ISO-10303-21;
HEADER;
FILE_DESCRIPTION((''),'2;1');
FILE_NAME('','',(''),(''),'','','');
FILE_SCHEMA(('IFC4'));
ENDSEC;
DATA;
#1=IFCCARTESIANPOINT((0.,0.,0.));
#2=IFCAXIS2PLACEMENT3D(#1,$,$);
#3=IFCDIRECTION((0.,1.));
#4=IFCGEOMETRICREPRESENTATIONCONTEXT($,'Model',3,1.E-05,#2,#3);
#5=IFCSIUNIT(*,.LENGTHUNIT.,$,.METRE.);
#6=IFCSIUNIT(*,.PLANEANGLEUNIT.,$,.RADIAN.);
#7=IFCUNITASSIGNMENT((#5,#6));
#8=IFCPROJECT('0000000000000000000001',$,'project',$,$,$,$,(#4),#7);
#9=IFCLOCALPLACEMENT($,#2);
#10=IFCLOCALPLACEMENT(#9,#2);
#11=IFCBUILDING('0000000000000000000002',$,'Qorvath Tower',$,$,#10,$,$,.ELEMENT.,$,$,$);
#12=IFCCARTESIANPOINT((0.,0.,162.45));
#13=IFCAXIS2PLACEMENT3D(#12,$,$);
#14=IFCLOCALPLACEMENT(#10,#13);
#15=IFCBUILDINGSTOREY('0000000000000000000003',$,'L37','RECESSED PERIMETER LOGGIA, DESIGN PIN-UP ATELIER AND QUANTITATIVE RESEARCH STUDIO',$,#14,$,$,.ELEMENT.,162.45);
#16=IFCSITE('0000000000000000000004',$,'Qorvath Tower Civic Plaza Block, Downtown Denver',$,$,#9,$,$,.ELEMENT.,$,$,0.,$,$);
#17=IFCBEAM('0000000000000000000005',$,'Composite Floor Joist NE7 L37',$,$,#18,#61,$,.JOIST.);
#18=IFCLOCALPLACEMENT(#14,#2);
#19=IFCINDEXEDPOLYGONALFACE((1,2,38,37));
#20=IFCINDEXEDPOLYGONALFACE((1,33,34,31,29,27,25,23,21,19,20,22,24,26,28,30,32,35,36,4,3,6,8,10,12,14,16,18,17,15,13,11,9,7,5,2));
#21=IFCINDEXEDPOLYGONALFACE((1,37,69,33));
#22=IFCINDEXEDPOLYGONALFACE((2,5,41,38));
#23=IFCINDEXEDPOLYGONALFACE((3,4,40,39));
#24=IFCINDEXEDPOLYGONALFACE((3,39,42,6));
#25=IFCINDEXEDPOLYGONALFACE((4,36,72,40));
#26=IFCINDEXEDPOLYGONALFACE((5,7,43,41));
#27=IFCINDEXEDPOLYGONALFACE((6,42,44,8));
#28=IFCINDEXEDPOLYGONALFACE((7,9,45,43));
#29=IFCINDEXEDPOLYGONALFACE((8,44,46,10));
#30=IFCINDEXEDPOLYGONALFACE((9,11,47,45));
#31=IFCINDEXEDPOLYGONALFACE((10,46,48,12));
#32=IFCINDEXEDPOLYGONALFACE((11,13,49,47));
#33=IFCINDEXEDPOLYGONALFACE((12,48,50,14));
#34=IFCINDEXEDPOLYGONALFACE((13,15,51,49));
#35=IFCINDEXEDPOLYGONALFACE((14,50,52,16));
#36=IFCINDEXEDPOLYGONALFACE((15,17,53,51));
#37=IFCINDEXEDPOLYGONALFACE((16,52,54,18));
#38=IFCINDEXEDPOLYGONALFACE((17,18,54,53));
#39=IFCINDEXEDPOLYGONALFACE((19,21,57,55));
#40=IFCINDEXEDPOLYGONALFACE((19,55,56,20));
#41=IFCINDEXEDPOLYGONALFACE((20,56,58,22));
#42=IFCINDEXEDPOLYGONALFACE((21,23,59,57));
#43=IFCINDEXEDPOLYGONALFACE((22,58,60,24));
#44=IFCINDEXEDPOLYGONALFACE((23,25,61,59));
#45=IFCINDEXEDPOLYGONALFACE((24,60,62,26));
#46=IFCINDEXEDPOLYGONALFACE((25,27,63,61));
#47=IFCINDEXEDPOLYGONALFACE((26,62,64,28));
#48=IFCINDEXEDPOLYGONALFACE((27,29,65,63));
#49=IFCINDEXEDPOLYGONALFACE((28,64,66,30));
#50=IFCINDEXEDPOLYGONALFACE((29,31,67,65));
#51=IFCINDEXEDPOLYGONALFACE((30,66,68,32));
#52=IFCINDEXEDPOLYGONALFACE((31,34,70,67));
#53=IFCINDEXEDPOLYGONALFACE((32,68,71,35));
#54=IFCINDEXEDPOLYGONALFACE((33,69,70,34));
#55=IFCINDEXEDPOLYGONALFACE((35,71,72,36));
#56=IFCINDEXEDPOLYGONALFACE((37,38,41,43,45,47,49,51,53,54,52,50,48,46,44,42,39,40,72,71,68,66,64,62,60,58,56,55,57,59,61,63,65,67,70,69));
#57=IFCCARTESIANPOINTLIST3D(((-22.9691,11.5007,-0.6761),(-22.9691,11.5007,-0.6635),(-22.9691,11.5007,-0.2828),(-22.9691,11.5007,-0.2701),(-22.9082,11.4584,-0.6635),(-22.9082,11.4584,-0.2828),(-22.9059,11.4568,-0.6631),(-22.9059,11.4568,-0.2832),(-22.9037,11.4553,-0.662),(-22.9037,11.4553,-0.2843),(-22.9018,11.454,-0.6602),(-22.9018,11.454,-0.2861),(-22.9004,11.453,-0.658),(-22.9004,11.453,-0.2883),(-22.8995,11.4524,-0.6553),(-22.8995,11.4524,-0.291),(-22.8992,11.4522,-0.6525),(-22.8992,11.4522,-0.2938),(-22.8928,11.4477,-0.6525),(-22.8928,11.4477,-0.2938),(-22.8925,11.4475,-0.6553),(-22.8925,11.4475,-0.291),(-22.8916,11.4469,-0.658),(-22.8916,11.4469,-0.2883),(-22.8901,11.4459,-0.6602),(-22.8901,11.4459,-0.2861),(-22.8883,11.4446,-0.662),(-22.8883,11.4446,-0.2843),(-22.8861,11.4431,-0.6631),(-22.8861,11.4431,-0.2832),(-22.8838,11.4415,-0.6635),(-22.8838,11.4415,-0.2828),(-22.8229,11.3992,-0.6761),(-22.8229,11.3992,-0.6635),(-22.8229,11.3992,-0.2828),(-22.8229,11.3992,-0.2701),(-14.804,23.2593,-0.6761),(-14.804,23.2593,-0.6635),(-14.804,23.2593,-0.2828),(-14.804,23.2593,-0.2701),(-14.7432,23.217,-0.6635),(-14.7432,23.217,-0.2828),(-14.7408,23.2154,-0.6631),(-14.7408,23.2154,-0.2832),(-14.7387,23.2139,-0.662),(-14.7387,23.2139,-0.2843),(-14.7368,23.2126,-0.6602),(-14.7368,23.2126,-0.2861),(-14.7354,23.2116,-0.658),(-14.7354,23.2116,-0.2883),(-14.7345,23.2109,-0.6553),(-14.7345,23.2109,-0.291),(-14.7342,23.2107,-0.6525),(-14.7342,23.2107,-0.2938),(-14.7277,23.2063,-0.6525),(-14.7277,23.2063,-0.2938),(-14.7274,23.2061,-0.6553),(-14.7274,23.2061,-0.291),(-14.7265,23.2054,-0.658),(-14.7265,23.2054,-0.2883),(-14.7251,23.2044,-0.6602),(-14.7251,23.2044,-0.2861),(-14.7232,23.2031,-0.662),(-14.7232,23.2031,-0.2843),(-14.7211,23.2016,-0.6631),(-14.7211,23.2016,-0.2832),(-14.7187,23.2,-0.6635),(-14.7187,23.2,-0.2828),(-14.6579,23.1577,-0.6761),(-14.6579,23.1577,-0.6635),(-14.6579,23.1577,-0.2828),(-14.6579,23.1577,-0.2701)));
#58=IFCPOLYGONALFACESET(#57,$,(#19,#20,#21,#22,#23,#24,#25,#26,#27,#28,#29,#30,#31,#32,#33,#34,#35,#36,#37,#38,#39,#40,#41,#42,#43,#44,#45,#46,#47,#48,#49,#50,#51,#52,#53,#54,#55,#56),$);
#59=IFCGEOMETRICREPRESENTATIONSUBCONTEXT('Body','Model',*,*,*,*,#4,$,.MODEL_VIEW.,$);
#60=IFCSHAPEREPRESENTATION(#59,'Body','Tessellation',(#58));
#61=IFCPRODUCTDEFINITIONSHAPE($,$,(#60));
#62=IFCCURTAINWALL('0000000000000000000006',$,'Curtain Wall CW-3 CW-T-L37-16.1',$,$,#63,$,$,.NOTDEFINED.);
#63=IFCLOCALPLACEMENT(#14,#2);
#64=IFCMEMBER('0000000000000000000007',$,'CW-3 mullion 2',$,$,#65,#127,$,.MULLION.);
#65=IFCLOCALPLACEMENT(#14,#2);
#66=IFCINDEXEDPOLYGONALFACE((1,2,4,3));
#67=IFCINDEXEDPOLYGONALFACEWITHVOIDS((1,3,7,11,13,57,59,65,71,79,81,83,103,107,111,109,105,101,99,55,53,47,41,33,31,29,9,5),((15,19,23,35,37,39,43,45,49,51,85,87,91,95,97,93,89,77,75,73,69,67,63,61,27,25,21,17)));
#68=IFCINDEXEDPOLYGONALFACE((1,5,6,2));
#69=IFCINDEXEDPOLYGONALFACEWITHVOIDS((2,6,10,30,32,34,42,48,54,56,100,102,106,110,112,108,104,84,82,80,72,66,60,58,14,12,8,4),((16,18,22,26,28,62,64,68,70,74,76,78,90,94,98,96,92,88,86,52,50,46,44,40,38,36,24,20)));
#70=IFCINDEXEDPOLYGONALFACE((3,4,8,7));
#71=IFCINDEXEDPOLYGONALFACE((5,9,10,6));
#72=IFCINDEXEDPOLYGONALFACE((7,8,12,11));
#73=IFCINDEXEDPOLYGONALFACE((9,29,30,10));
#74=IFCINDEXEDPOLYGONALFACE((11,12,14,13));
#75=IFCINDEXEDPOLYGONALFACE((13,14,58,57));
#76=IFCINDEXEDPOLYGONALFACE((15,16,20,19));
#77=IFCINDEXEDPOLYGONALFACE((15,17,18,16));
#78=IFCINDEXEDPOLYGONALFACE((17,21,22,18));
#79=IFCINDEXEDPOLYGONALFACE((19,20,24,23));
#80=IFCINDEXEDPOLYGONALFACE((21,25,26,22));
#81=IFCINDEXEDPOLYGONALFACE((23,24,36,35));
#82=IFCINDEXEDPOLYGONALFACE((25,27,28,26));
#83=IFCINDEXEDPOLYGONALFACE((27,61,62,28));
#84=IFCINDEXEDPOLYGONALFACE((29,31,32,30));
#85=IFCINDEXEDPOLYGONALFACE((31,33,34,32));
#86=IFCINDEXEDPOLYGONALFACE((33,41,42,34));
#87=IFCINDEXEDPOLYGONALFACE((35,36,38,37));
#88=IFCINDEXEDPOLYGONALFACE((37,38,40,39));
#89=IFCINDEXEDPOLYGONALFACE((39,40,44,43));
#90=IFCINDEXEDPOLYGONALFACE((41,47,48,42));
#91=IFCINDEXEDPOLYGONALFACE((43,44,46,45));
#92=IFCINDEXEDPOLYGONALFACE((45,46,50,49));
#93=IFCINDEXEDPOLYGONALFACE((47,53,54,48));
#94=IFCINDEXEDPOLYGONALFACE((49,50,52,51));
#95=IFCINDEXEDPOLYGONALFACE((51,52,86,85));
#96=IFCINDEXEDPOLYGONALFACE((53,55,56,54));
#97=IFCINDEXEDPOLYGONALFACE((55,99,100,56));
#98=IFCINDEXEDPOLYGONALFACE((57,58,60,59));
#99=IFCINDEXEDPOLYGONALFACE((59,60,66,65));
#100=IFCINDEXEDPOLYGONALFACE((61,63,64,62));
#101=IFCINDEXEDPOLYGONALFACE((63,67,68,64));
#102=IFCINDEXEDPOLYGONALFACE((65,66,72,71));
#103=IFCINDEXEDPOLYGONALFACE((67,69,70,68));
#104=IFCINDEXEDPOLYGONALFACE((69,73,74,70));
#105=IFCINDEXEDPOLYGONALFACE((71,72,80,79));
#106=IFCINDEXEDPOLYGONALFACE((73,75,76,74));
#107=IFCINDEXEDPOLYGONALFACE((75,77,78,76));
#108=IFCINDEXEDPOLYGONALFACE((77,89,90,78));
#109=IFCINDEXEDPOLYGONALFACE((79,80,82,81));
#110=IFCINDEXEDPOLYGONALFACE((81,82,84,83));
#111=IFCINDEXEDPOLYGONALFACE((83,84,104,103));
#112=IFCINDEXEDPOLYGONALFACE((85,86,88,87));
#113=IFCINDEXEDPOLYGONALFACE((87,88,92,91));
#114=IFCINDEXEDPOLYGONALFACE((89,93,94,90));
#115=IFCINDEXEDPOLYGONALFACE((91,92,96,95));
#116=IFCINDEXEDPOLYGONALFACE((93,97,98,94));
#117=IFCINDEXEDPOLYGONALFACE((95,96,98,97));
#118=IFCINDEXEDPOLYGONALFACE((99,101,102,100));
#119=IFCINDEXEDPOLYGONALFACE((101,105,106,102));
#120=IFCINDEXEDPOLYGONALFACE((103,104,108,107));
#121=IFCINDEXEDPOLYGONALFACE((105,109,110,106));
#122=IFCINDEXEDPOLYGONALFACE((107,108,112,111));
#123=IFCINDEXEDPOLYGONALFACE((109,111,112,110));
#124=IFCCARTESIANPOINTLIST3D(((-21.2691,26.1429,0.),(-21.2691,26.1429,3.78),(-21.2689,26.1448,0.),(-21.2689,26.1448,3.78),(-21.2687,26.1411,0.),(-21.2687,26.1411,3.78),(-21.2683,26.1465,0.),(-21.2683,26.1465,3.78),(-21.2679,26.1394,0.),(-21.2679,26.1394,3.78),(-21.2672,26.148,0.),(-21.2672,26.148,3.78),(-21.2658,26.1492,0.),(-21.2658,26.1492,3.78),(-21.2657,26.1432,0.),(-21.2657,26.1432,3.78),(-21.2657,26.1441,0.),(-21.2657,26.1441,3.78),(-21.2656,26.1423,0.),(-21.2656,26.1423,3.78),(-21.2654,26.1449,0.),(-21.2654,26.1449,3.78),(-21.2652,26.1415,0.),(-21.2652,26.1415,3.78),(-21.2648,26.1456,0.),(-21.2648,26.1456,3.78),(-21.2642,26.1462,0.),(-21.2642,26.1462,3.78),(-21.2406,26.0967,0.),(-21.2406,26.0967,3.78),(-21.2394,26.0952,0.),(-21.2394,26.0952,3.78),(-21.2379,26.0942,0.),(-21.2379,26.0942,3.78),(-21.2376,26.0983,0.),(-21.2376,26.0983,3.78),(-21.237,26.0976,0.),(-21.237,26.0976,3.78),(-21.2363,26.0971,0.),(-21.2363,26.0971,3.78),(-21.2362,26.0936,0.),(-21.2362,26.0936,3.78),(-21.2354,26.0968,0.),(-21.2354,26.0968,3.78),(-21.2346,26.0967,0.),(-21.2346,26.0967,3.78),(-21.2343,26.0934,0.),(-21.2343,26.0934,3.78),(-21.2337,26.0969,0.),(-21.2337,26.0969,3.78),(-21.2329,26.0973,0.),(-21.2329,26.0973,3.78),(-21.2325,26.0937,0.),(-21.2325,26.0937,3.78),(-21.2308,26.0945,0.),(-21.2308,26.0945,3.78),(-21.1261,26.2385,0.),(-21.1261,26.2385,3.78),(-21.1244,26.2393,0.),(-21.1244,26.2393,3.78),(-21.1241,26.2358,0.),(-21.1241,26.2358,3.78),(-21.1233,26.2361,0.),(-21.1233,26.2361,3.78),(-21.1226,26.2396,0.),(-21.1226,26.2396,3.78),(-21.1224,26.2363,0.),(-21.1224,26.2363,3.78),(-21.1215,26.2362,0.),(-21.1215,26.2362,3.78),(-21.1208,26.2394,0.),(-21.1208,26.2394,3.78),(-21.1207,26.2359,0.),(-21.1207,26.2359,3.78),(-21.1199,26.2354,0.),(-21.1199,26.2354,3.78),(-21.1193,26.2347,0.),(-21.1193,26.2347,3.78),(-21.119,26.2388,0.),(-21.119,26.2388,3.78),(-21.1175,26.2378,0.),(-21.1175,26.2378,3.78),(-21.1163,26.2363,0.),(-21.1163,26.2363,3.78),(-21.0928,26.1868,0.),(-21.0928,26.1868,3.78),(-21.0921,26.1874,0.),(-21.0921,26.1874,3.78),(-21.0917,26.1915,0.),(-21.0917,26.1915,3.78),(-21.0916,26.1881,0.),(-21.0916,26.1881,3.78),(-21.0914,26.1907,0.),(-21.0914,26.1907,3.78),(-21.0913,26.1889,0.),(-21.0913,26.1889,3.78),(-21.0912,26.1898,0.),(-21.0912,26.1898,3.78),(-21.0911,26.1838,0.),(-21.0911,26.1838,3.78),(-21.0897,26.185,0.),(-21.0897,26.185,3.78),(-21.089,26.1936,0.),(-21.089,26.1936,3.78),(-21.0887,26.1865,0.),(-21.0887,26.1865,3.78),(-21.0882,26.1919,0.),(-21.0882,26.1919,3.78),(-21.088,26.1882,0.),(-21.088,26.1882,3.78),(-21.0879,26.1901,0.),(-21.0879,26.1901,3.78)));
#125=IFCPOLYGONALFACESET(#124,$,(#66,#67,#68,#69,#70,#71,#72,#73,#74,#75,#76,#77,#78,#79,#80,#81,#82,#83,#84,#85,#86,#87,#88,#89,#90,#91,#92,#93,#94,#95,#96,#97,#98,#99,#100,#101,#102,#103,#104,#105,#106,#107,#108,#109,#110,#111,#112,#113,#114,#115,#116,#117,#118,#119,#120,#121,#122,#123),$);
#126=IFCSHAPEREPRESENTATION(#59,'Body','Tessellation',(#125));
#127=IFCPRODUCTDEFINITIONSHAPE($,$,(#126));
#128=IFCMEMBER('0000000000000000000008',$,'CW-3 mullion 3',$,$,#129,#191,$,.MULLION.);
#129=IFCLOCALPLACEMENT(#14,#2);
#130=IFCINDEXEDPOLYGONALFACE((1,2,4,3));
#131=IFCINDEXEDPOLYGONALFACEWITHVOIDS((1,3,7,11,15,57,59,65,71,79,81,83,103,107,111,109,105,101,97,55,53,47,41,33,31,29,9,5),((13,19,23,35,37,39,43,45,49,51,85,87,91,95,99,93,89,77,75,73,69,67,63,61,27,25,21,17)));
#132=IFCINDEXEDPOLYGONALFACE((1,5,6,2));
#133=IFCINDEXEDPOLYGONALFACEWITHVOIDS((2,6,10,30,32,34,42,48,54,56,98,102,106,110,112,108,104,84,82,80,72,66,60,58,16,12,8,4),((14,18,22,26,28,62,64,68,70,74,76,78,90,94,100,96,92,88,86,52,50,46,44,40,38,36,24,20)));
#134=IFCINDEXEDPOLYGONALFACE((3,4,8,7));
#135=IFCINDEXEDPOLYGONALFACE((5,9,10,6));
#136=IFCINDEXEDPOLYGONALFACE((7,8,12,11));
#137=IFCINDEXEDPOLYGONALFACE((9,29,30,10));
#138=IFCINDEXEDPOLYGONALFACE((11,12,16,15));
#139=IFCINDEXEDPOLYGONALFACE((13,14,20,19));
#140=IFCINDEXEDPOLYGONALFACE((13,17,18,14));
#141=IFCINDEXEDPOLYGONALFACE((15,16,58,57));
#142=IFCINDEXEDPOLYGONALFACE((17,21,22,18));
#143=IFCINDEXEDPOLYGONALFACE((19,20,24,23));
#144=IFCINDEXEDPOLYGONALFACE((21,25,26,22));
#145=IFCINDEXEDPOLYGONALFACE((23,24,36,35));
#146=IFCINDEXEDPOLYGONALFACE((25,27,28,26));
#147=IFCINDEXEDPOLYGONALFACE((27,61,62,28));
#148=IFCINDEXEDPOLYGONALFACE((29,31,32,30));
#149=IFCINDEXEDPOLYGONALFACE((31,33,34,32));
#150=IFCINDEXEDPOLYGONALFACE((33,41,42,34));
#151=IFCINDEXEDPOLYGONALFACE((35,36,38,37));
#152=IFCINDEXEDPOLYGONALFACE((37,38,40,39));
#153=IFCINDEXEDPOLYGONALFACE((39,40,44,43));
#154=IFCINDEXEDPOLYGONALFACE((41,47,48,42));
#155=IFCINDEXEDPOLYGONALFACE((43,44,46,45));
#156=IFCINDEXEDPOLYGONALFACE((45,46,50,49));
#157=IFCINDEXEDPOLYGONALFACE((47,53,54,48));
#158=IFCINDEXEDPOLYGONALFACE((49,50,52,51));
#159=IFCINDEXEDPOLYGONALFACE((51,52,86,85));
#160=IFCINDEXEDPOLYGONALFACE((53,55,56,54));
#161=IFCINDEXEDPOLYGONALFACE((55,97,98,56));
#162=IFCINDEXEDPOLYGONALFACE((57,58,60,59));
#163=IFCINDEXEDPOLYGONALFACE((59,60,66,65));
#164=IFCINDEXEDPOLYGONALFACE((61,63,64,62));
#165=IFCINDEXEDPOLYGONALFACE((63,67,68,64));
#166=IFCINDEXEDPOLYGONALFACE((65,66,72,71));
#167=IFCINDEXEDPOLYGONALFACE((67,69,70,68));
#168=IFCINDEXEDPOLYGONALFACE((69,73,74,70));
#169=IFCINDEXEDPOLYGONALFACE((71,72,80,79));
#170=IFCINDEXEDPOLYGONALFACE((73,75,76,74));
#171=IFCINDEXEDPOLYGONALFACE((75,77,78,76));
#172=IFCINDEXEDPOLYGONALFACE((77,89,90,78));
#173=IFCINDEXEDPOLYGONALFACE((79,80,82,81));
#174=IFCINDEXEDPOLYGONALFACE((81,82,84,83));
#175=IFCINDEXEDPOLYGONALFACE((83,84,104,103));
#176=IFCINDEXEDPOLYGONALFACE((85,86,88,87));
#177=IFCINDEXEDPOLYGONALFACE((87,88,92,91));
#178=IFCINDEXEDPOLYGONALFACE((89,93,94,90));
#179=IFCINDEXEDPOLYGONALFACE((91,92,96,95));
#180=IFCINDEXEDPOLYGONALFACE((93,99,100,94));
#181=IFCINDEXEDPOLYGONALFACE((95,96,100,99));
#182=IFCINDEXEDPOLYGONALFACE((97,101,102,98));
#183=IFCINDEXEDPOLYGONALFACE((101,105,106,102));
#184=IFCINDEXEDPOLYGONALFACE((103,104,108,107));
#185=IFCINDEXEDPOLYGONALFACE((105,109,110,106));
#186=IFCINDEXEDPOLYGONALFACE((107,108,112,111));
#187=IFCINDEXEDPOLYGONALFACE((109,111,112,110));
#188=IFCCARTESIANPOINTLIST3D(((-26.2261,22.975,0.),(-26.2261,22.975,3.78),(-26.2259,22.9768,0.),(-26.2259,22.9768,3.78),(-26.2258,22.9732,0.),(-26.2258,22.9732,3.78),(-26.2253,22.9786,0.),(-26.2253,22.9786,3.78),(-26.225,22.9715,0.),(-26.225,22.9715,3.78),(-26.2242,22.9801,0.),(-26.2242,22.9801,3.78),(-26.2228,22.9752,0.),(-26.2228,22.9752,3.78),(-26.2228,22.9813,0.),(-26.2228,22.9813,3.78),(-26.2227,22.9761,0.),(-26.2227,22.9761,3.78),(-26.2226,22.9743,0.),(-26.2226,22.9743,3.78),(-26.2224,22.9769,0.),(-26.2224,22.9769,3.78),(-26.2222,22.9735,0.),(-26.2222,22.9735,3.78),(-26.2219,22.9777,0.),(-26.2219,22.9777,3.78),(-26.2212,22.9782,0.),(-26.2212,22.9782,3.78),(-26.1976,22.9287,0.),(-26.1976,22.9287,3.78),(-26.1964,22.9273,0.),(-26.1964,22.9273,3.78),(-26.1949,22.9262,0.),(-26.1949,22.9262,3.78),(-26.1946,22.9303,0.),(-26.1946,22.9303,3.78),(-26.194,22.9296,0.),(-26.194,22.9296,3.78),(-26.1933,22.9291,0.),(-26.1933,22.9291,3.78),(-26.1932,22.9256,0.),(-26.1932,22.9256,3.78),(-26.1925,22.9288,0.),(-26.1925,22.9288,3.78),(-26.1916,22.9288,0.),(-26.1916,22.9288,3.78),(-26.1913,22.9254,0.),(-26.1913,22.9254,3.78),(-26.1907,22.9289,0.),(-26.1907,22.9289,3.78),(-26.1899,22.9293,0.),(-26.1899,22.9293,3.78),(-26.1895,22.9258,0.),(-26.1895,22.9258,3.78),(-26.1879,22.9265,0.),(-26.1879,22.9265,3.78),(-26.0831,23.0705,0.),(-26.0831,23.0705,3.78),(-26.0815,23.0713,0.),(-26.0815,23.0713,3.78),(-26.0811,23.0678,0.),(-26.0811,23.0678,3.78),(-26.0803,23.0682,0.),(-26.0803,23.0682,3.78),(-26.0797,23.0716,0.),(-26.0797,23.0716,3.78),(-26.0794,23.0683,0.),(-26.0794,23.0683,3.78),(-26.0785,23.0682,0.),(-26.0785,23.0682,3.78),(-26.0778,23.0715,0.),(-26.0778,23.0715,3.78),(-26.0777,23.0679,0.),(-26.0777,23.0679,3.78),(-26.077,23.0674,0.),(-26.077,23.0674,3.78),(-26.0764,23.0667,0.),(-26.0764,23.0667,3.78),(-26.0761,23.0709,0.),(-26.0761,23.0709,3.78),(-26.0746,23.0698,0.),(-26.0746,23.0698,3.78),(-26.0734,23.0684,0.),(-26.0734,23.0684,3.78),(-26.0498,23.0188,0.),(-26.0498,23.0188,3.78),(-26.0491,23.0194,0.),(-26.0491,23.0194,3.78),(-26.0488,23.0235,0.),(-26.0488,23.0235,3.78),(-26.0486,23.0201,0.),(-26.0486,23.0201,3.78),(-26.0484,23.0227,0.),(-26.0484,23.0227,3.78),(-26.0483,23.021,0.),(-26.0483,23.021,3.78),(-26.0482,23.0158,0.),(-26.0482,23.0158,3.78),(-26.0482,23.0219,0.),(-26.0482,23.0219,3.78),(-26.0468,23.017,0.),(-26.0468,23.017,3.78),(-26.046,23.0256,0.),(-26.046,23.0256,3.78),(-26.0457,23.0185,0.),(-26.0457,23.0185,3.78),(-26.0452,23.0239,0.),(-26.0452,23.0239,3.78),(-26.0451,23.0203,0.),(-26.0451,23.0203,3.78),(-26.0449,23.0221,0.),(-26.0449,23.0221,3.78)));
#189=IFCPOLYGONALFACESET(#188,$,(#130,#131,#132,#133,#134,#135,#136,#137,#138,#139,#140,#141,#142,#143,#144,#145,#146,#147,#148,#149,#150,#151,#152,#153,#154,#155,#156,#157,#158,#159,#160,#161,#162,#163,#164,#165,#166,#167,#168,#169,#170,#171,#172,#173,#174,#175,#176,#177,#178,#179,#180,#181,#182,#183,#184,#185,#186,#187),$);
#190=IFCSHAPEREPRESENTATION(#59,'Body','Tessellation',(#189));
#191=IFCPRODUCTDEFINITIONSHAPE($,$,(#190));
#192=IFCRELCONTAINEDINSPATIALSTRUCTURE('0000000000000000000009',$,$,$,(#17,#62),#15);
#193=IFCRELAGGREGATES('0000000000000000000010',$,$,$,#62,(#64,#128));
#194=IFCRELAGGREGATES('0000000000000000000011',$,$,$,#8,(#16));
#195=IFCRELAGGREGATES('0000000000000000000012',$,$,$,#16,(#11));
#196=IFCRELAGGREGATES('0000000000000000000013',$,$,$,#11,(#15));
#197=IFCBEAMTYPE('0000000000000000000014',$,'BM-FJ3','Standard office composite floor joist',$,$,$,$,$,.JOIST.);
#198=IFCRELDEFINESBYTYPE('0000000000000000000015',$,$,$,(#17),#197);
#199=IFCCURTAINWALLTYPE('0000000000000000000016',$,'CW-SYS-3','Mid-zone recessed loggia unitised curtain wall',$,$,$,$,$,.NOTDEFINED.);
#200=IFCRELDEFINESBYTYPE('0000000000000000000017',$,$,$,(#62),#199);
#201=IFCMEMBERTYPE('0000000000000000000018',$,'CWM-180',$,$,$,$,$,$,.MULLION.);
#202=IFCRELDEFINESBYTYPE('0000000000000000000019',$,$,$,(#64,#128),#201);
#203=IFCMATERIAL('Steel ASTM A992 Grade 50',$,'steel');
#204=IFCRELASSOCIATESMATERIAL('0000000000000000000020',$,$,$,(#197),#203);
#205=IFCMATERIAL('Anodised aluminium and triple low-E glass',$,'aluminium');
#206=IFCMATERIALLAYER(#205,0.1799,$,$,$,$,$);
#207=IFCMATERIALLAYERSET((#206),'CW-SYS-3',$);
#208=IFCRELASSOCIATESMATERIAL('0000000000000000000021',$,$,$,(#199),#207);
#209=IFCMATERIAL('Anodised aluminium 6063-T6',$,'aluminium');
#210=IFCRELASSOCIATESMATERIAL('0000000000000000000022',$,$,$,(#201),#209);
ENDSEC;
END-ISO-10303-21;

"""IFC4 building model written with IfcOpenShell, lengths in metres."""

from ifc_helpers import new_model, si_unit, direction, frame, origin, origin_2d, place, context, subcontext, project, spatial, hollow_rectangle, i_section, extrude, material, layer, layer_set, material_profile, profile_set, type_object, element, aggregate, save


model = new_model("IFC4")

# Units and contexts
model_context = context("Model", 3, precision=1e-05, world=origin(), true_north=direction((0.0, 1.0)))
body_context = subcontext(model_context, "Body", "Model", "MODEL_VIEW")
ifc_project = project(units=[si_unit("LENGTHUNIT", "METRE"), si_unit("PLANEANGLEUNIT", "RADIAN")], contexts=[model_context])

# Site, building, storey
site_placement = place(None, origin())
site = spatial("IfcSite", under=ifc_project, at=site_placement, Name="Qorvath Tower Civic Plaza Block, Downtown Denver", CompositionType="ELEMENT", RefElevation=0.0)
building_placement = place(site_placement, origin())
building = spatial("IfcBuilding", under=site, at=building_placement, Name="Qorvath Tower", CompositionType="ELEMENT")
storey_placement = place(building_placement, frame((0.0, 0.0, 162.45)))
storey = spatial("IfcBuildingStorey", under=building, at=storey_placement, Name="L37", Description="RECESSED PERIMETER LOGGIA, DESIGN PIN-UP ATELIER AND QUANTITATIVE RESEARCH STUDIO", CompositionType="ELEMENT", Elevation=162.45)

# Beam
ifc_material_1 = material(Name="Steel ASTM A992 Grade 50", Category="steel")
ifc_material_profile_1 = material_profile(ifc_material_1, i_section(OverallWidth=0.178, OverallDepth=0.406, WebThickness=0.0078, FlangeThickness=0.0127, FilletRadius=0.011, at=origin_2d()), Name="W16x40")
ifc_profile_set_1 = profile_set([ifc_material_profile_1], Name="Steel ASTM A992 Grade 50")
beam_type_1 = type_object("IfcBeamType", Name="BM-FJ3", Description="Standard office composite floor joist", PredefinedType="JOIST", material=ifc_profile_set_1)
beam_1_placement = place(storey_placement, frame((-22.896, 11.45, -0.4731), z_axis=(0.570367, 0.82139, 0.0), x_axis=(-0.82139, 0.570367, 0.0)))
element("IfcBeam", 1, at=beam_1_placement, inside=storey, type_object=beam_type_1, Name="Composite Floor Joist NE7 L37", PredefinedType="JOIST", context=body_context, shape_type="SweptSolid", body=[
    extrude(i_section(OverallWidth=0.178, OverallDepth=0.406, WebThickness=0.0078, FlangeThickness=0.0127, FilletRadius=0.011, at=origin_2d()), origin(), (0.0, 0.0, 1.0), 14.3154),
])

# Curtain wall, members
ifc_material_2 = material(Name="Anodised aluminium and triple low-E glass", Category="aluminium")
ifc_layer_1 = layer(ifc_material_2, 0.1799)
ifc_layer_set_1 = layer_set([ifc_layer_1], Name="CW-SYS-3")
curtain_wall_type = type_object("IfcCurtainWallType", Name="CW-SYS-3", Description="Mid-zone recessed loggia unitised curtain wall", PredefinedType="NOTDEFINED", material=ifc_layer_set_1)
curtain_wall_placement = place(storey_placement, origin())
curtain_wall = element("IfcCurtainWall", 2, at=curtain_wall_placement, inside=storey, type_object=curtain_wall_type, Name="Curtain Wall CW-3 CW-T-L37-16.1", PredefinedType="NOTDEFINED")
ifc_material_3 = material(Name="Anodised aluminium 6063-T6", Category="aluminium")
ifc_material_profile_2 = material_profile(ifc_material_3, hollow_rectangle(XDim=0.0649, YDim=0.1799, WallThickness=0.0034, InnerFilletRadius=0.0034, OuterFilletRadius=0.0071, at=origin_2d()), Name="CWM 180x65")
ifc_profile_set_2 = profile_set([ifc_material_profile_2], Name="Anodised aluminium 6063-T6")
member_type_1 = type_object("IfcMemberType", Name="CWM-180", PredefinedType="MULLION", material=ifc_profile_set_2)
member_1_placement = place(storey_placement, frame((-21.1785, 26.1665, 0.0), z_axis=(0.0, 0.0, 1.0), x_axis=(0.53854, -0.8426, 0.0)))
member_1 = element("IfcMember", 3, at=member_1_placement, type_object=member_type_1, Name="CW-3 mullion 2", PredefinedType="MULLION", context=body_context, shape_type="SweptSolid", body=[
    extrude(hollow_rectangle(XDim=0.0649, YDim=0.1799, WallThickness=0.0034, InnerFilletRadius=0.0034, OuterFilletRadius=0.0071, at=origin_2d()), origin(), (0.0, 0.0, 1.0), 3.78),
])
member_2_placement = place(storey_placement, frame((-26.1355, 22.9985, 0.0), z_axis=(0.0, 0.0, 1.0), x_axis=(0.53854, -0.8426, 0.0)))
member_2 = element("IfcMember", 4, at=member_2_placement, type_object=member_type_1, Name="CW-3 mullion 3", PredefinedType="MULLION", context=body_context, shape_type="SweptSolid", body=[
    extrude(hollow_rectangle(XDim=0.0649, YDim=0.1799, WallThickness=0.0034, InnerFilletRadius=0.0034, OuterFilletRadius=0.0071, at=origin_2d()), origin(), (0.0, 0.0, 1.0), 3.78),
])
aggregate(curtain_wall, [member_1, member_2])

save(model, "model.ifc")
